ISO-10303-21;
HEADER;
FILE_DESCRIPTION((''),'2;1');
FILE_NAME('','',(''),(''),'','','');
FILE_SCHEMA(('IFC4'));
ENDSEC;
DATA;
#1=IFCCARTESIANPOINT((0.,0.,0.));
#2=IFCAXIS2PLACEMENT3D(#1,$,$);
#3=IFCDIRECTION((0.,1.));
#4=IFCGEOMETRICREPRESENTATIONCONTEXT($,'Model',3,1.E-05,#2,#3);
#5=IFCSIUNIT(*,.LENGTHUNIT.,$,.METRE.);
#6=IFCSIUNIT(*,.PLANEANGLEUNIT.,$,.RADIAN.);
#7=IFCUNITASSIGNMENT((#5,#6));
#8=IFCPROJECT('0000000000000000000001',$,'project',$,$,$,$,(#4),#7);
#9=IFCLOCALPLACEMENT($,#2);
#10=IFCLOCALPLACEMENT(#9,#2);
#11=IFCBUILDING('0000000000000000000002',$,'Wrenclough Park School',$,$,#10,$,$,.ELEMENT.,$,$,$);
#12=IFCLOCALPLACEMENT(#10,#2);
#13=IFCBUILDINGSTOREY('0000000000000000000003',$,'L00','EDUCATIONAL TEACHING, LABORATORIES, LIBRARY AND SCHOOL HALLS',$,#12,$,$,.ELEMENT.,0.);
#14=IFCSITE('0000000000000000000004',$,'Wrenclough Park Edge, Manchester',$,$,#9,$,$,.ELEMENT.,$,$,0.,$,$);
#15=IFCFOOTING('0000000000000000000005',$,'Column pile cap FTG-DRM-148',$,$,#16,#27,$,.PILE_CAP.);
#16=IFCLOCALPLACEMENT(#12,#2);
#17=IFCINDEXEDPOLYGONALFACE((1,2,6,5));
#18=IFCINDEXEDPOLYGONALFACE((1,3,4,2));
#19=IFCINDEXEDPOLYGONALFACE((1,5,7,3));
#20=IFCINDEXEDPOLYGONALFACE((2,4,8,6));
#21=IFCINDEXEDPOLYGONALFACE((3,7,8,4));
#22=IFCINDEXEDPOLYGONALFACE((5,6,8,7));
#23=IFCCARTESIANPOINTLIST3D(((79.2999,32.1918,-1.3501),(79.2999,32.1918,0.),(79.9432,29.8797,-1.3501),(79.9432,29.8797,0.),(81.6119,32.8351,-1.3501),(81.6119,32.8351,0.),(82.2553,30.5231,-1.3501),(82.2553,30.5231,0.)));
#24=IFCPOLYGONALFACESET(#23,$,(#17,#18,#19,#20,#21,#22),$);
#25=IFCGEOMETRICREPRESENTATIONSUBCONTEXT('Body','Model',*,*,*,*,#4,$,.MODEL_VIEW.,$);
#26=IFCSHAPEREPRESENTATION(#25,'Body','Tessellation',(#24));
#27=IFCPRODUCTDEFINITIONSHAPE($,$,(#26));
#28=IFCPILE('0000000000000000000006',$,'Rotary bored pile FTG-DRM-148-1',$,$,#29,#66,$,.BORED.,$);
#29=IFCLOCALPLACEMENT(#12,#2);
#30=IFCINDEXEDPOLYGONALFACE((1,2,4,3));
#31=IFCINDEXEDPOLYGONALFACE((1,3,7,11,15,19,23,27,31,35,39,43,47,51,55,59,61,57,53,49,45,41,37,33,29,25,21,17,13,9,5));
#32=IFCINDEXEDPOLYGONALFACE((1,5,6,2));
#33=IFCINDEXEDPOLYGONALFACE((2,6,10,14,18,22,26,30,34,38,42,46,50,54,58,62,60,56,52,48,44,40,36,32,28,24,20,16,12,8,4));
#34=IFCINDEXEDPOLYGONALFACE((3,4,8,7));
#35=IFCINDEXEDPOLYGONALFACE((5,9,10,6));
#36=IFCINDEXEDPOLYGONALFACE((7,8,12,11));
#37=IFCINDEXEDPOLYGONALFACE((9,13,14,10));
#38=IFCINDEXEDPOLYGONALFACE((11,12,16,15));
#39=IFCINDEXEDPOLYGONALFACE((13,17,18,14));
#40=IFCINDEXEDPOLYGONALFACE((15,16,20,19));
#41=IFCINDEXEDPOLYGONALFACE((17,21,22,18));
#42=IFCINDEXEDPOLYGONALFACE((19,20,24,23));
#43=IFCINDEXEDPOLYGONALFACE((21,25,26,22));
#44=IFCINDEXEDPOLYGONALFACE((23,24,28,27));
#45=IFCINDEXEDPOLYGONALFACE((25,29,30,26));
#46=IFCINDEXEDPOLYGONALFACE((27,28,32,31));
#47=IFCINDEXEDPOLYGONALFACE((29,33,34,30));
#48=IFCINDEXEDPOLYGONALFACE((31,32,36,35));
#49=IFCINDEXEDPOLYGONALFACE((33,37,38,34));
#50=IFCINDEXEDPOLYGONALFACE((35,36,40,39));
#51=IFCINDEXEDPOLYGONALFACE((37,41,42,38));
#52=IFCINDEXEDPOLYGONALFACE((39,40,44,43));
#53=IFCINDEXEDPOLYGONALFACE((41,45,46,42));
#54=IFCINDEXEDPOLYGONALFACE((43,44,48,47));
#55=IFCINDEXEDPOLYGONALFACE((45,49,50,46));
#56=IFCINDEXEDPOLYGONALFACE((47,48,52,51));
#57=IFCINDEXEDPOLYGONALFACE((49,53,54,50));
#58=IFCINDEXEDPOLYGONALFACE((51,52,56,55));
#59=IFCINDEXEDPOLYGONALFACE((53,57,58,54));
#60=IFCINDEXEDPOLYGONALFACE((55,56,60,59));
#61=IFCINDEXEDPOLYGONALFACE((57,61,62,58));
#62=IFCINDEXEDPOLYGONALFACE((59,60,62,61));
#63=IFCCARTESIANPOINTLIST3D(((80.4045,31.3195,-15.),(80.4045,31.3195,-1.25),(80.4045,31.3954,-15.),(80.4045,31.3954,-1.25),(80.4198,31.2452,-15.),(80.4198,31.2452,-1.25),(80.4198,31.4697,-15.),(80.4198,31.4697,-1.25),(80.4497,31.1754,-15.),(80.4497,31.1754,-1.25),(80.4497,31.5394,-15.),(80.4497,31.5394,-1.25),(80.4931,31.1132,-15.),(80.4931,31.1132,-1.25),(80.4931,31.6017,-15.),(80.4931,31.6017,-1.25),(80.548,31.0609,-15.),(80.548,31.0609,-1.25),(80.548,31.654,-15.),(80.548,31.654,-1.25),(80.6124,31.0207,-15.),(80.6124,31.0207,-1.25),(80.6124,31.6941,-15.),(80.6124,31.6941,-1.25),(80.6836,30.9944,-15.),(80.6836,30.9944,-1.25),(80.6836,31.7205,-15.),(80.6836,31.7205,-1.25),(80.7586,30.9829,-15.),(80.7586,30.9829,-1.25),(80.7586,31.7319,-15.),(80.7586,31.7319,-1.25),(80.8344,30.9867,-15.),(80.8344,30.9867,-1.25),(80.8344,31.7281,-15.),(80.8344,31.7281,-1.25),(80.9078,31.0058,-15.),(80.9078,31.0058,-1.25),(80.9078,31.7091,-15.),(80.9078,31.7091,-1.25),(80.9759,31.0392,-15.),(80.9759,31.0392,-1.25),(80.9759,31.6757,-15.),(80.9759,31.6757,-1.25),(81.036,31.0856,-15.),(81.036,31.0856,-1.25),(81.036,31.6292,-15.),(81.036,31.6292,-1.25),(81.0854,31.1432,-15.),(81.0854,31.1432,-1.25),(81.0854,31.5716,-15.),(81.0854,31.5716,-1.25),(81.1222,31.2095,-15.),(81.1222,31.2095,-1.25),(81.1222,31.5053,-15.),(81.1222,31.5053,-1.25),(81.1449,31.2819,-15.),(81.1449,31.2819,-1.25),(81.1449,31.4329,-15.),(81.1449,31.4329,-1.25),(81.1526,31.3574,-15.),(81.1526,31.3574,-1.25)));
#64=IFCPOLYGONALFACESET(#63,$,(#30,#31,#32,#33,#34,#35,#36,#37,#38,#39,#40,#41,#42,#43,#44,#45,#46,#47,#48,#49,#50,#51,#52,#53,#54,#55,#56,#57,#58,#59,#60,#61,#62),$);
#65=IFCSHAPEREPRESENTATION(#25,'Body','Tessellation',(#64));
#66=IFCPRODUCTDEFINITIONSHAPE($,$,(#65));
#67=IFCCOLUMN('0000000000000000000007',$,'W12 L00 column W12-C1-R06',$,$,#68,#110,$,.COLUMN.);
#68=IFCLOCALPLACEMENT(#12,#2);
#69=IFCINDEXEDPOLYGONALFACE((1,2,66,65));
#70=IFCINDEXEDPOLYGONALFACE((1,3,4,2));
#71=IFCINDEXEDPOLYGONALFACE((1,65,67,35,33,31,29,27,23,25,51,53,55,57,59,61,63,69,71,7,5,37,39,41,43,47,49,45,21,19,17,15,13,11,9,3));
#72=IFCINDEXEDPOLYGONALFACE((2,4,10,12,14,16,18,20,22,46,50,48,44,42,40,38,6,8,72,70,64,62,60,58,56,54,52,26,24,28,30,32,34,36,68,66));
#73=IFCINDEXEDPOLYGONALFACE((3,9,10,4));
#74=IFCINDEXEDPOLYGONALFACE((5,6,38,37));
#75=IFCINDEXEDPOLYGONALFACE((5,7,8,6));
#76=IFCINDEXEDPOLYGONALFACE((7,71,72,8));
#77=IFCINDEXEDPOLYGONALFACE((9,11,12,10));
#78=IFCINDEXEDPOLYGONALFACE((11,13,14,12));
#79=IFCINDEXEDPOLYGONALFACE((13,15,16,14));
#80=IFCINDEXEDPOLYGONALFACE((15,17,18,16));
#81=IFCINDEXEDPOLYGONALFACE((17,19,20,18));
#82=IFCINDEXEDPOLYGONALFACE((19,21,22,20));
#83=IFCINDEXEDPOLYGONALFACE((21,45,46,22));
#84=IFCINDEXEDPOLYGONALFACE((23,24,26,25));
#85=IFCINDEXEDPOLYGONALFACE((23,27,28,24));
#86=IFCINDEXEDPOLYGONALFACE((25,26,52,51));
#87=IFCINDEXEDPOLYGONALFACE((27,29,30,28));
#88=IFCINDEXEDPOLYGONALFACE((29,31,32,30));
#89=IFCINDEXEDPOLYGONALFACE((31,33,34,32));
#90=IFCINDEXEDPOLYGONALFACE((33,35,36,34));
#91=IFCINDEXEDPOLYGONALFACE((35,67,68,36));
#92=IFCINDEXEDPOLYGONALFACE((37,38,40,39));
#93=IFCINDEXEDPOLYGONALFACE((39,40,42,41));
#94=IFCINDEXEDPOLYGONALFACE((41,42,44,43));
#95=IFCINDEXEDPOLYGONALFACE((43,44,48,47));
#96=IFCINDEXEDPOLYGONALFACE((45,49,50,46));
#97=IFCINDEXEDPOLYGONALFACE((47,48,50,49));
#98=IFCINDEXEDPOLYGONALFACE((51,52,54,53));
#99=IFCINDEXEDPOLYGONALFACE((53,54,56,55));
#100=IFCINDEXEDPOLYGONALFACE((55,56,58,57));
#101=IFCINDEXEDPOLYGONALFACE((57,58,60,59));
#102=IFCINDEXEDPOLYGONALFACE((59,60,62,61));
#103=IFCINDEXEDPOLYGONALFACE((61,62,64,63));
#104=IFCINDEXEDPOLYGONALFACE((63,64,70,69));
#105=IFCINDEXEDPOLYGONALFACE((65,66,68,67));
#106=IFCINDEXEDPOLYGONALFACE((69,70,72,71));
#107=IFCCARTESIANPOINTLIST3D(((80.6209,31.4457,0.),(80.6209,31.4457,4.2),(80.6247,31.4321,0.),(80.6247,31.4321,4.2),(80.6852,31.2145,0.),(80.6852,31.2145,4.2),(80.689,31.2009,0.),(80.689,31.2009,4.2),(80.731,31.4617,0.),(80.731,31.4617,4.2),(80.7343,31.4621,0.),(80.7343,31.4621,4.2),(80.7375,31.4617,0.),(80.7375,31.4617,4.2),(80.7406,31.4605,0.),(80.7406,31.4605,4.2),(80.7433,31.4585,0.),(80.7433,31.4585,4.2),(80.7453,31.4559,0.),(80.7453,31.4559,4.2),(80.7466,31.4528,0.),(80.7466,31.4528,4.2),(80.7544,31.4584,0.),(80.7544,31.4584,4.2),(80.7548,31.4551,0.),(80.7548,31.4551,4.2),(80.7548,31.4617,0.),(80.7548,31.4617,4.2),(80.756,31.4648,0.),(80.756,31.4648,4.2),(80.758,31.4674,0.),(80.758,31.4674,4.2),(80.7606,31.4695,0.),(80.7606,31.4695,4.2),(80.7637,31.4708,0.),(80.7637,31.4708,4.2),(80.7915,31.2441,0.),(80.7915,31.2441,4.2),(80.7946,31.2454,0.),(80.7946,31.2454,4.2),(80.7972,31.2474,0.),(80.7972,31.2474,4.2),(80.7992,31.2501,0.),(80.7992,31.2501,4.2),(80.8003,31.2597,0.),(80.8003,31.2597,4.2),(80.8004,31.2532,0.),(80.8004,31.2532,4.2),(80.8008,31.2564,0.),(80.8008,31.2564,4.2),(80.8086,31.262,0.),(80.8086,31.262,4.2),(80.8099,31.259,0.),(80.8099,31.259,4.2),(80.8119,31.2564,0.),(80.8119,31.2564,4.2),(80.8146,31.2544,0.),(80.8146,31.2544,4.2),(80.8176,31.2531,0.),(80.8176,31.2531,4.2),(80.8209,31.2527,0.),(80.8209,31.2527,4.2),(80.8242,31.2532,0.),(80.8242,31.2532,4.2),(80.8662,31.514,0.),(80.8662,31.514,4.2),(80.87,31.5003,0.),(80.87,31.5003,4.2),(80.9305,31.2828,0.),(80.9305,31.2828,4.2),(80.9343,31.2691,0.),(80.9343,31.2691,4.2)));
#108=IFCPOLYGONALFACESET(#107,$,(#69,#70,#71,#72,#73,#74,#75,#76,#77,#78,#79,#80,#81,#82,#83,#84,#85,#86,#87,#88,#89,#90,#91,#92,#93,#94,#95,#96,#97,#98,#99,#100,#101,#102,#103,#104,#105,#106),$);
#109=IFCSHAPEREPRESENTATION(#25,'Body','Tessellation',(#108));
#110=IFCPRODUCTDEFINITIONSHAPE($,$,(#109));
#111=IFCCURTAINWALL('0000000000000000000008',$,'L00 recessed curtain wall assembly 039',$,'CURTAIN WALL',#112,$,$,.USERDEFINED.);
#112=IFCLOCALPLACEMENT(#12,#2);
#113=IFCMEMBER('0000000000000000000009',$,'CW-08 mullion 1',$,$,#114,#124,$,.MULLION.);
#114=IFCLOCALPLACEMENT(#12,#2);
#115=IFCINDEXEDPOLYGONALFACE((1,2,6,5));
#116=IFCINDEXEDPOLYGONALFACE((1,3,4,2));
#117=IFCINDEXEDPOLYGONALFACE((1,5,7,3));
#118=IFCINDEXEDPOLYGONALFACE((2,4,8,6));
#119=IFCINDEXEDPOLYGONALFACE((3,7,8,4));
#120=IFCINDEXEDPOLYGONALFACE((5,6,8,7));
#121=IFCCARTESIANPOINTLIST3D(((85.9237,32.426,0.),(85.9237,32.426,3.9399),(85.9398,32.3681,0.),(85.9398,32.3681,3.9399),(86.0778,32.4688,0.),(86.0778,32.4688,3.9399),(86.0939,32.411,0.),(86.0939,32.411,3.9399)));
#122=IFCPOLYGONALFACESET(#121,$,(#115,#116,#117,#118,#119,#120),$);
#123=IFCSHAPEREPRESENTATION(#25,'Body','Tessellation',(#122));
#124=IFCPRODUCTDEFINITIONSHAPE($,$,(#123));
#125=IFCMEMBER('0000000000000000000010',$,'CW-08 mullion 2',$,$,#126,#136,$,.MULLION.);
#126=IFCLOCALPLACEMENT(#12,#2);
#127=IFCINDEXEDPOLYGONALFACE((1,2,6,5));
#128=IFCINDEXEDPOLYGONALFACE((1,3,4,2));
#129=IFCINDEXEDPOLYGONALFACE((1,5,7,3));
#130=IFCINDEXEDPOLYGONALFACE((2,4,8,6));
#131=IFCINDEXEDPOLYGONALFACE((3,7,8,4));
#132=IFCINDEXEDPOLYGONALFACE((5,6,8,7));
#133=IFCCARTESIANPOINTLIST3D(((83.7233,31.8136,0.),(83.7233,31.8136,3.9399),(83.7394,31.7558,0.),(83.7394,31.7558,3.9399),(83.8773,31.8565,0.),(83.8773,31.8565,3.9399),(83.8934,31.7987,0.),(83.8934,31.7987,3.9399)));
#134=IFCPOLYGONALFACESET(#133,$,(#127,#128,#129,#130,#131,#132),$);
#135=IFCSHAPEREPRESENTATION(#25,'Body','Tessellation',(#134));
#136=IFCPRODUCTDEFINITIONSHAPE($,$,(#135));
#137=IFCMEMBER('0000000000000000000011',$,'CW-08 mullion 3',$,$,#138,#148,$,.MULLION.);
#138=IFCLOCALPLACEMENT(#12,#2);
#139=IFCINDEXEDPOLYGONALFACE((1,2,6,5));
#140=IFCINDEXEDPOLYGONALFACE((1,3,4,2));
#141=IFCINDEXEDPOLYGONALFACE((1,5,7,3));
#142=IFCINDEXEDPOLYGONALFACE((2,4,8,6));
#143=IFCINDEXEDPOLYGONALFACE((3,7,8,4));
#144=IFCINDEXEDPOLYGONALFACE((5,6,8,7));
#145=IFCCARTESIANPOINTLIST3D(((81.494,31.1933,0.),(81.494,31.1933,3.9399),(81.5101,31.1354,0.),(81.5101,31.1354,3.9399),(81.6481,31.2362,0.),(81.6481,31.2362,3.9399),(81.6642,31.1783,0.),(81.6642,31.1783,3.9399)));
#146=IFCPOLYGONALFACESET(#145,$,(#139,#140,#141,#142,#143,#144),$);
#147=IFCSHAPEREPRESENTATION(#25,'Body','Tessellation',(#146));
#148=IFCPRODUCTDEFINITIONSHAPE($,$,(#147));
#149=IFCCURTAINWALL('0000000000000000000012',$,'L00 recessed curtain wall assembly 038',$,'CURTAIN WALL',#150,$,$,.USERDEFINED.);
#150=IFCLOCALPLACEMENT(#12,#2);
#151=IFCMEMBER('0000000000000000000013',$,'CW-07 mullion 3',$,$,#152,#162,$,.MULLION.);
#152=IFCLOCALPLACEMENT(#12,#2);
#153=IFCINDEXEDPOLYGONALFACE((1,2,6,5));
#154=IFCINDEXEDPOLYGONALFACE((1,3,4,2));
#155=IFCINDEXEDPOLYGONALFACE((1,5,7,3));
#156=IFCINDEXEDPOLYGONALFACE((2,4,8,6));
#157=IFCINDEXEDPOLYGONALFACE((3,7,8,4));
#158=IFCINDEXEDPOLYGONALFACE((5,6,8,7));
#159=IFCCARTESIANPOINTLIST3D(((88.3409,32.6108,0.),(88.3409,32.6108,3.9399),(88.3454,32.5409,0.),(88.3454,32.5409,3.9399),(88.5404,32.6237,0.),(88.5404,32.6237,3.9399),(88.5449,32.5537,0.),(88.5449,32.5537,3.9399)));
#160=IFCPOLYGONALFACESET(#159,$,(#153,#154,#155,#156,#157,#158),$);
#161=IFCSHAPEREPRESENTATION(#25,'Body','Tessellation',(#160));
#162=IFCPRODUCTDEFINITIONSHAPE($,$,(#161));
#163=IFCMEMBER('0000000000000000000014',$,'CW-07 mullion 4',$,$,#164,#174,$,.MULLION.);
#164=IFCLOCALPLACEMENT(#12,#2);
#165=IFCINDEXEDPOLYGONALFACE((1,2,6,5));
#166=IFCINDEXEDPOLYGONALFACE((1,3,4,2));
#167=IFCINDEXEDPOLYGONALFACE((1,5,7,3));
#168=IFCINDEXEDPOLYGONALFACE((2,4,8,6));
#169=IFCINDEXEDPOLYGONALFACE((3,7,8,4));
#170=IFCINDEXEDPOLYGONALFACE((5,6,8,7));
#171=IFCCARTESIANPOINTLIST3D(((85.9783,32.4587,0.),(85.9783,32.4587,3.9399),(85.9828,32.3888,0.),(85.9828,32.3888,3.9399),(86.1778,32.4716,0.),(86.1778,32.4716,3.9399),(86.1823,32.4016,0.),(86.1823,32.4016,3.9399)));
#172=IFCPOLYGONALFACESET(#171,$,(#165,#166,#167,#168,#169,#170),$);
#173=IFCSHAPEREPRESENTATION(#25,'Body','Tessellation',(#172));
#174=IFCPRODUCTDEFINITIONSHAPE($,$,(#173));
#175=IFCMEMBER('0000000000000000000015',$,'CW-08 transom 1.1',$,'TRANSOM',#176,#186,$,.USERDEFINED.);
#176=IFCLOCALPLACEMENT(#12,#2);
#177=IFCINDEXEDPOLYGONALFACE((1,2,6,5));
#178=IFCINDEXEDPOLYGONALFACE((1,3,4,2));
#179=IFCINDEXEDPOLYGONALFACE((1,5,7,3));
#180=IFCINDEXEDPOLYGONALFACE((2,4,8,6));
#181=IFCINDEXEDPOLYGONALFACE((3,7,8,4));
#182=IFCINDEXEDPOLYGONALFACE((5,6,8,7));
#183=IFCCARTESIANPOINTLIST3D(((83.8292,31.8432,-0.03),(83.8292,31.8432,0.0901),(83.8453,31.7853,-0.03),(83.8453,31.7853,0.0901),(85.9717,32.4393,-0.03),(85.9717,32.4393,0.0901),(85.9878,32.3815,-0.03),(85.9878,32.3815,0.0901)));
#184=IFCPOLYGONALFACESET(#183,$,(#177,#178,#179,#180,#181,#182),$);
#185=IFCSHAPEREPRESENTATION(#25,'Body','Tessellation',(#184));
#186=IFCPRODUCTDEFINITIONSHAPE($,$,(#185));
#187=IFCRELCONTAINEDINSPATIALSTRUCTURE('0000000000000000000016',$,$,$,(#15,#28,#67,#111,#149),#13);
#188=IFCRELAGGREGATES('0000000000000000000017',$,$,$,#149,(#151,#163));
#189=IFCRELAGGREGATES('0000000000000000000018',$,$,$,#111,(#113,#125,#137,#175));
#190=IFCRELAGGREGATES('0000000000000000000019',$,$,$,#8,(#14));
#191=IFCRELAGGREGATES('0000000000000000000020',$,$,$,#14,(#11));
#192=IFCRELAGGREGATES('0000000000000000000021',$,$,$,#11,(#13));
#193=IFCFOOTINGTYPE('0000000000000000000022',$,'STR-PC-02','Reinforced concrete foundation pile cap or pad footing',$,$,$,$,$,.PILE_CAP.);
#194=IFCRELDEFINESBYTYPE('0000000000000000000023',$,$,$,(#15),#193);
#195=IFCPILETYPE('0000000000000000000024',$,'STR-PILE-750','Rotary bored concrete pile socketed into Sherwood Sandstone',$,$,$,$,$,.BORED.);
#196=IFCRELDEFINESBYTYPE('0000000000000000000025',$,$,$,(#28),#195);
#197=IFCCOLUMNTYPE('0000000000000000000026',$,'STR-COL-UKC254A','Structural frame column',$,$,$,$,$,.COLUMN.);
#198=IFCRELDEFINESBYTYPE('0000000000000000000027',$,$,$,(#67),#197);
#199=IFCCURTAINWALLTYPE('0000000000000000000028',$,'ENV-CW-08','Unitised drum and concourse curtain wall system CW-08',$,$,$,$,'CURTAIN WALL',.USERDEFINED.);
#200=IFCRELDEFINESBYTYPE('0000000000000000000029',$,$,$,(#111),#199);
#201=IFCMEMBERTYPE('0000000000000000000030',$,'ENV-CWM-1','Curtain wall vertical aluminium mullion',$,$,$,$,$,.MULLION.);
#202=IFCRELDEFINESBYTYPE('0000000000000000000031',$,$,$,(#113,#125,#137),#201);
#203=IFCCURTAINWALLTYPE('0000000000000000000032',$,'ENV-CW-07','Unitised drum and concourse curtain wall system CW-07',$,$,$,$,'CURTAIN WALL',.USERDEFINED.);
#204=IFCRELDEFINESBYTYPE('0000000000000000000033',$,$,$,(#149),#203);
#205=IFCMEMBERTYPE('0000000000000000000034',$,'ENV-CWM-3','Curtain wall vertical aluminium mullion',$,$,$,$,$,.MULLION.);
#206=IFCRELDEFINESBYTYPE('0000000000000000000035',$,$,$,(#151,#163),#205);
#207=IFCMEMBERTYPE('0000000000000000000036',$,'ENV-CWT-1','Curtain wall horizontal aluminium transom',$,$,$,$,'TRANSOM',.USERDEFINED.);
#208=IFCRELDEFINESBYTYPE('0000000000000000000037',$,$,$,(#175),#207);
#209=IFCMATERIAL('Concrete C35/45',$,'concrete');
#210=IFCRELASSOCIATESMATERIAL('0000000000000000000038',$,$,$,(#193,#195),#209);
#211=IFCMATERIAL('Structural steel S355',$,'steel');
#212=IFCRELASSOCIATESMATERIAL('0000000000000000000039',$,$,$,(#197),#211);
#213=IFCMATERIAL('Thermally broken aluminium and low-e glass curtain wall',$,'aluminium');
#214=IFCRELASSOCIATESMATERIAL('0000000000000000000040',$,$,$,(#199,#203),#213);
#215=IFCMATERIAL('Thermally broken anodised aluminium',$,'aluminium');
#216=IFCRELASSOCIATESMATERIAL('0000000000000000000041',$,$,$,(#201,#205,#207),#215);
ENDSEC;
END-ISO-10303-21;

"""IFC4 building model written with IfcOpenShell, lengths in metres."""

from ifc_helpers import new_model, si_unit, direction, frame, origin, origin_2d, place, context, subcontext, project, spatial, rectangle, circle, i_section, extrude, material, material_profile, profile_set, type_object, element, aggregate, save


model = new_model("IFC4")

# Units and contexts
model_context = context("Model", 3, precision=1e-05, world=origin(), true_north=direction((0.0, 1.0)))
body_context = subcontext(model_context, "Body", "Model", "MODEL_VIEW")
ifc_project = project(units=[si_unit("LENGTHUNIT", "METRE"), si_unit("PLANEANGLEUNIT", "RADIAN")], contexts=[model_context])

# Site, building, storey
site_placement = place(None, origin())
site = spatial("IfcSite", under=ifc_project, at=site_placement, Name="Wrenclough Park Edge, Manchester", CompositionType="ELEMENT", RefElevation=0.0)
building_placement = place(site_placement, origin())
building = spatial("IfcBuilding", under=site, at=building_placement, Name="Wrenclough Park School", CompositionType="ELEMENT")
storey_placement = place(building_placement, origin())
storey = spatial("IfcBuildingStorey", under=building, at=storey_placement, Name="L00", Description="EDUCATIONAL TEACHING, LABORATORIES, LIBRARY AND SCHOOL HALLS", CompositionType="ELEMENT", Elevation=0.0)

# Footing
ifc_material_1 = material(Name="Concrete C35/45", Category="concrete")
footing_type = type_object("IfcFootingType", Name="STR-PC-02", Description="Reinforced concrete foundation pile cap or pad footing", PredefinedType="PILE_CAP", material=ifc_material_1)
footing_placement = place(storey_placement, frame((80.7776, 31.3574, -1.3501), z_axis=(0.0, 0.0, 1.0), x_axis=(0.963397, 0.268079, 0.0)))
element("IfcFooting", 1, at=footing_placement, inside=storey, type_object=footing_type, Name="Column pile cap FTG-DRM-148", PredefinedType="PILE_CAP", context=body_context, shape_type="SweptSolid", body=[
    extrude(rectangle(XDim=2.3999, YDim=2.3999, at=origin_2d()), origin(), (0.0, 0.0, 1.0), 1.3501),
])

# Pile
ifc_material_profile_1 = material_profile(ifc_material_1, circle(Radius=0.375, at=origin_2d()), Name="BORED PILE D750")
ifc_profile_set_1 = profile_set([ifc_material_profile_1], Name="Concrete C35/45")
pile_type = type_object("IfcPileType", Name="STR-PILE-750", Description="Rotary bored concrete pile socketed into Sherwood Sandstone", PredefinedType="BORED", material=ifc_profile_set_1)
pile_placement = place(storey_placement, frame((80.7776, 31.3574, -1.25), z_axis=(0.0, 0.0, -1.0), x_axis=(1.0, 0.0, 0.0)))
element("IfcPile", 2, at=pile_placement, inside=storey, type_object=pile_type, Name="Rotary bored pile FTG-DRM-148-1", PredefinedType="BORED", context=body_context, shape_type="SweptSolid", body=[
    extrude(circle(Radius=0.375, at=origin_2d()), origin(), (0.0, 0.0, 1.0), 13.75),
])

# Column
ifc_material_2 = material(Name="Structural steel S355", Category="steel")
ifc_material_profile_2 = material_profile(ifc_material_2, i_section(OverallWidth=0.2546, OverallDepth=0.2542, WebThickness=0.0085, FlangeThickness=0.0142, FilletRadius=0.0127, at=origin_2d()), Name="UKC 254x254x73")
ifc_profile_set_2 = profile_set([ifc_material_profile_2], Name="Structural steel S355")
column_type = type_object("IfcColumnType", Name="STR-COL-UKC254A", Description="Structural frame column", PredefinedType="COLUMN", material=ifc_profile_set_2)
column_placement = place(storey_placement, frame((80.7776, 31.3574, 0.0), z_axis=(0.0, 0.0, 1.0), x_axis=(0.963397, 0.268079, 0.0)))
element("IfcColumn", 3, at=column_placement, inside=storey, type_object=column_type, Name="W12 L00 column W12-C1-R06", PredefinedType="COLUMN", context=body_context, shape_type="SweptSolid", body=[
    extrude(i_section(OverallWidth=0.2546, OverallDepth=0.2542, WebThickness=0.0085, FlangeThickness=0.0142, FilletRadius=0.0127, at=origin_2d()), origin(), (0.0, 0.0, 1.0), 4.2),
])

# Curtain walls, members
ifc_material_3 = material(Name="Thermally broken aluminium and low-e glass curtain wall", Category="aluminium")
curtain_wall_type_1 = type_object("IfcCurtainWallType", Name="ENV-CW-08", Description="Unitised drum and concourse curtain wall system CW-08", ElementType="CURTAIN WALL", PredefinedType="USERDEFINED", material=ifc_material_3)
curtain_wall_1_placement = place(storey_placement, origin())
curtain_wall_1 = element("IfcCurtainWall", 4, at=curtain_wall_1_placement, inside=storey, type_object=curtain_wall_type_1, Name="L00 recessed curtain wall assembly 039", ObjectType="CURTAIN WALL", PredefinedType="USERDEFINED")
ifc_material_4 = material(Name="Thermally broken anodised aluminium", Category="aluminium")
ifc_material_profile_3 = material_profile(ifc_material_4, rectangle(XDim=0.0601, YDim=0.1599, at=origin_2d()), Name="AL MULLION 60x160")
ifc_profile_set_3 = profile_set([ifc_material_profile_3], Name="Thermally broken anodised aluminium")
member_type_1 = type_object("IfcMemberType", Name="ENV-CWM-1", Description="Curtain wall vertical aluminium mullion", PredefinedType="MULLION", material=ifc_profile_set_3)
member_1_placement = place(storey_placement, frame((86.0088, 32.4185, 0.0), z_axis=(0.0, 0.0, 1.0), x_axis=(0.268073, -0.963399, 0.0)))
member_1 = element("IfcMember", 5, at=member_1_placement, type_object=member_type_1, Name="CW-08 mullion 1", PredefinedType="MULLION", context=body_context, shape_type="SweptSolid", body=[
    extrude(rectangle(XDim=0.0601, YDim=0.1599, at=origin_2d()), origin(), (0.0, 0.0, 1.0), 3.9399),
])
member_2_placement = place(storey_placement, frame((83.8083, 31.8062, 0.0), z_axis=(0.0, 0.0, 1.0), x_axis=(0.268073, -0.963399, 0.0)))
member_2 = element("IfcMember", 6, at=member_2_placement, type_object=member_type_1, Name="CW-08 mullion 2", PredefinedType="MULLION", context=body_context, shape_type="SweptSolid", body=[
    extrude(rectangle(XDim=0.0601, YDim=0.1599, at=origin_2d()), origin(), (0.0, 0.0, 1.0), 3.9399),
])
member_3_placement = place(storey_placement, frame((81.5791, 31.1858, 0.0), z_axis=(0.0, 0.0, 1.0), x_axis=(0.268073, -0.963399, 0.0)))
member_3 = element("IfcMember", 7, at=member_3_placement, type_object=member_type_1, Name="CW-08 mullion 3", PredefinedType="MULLION", context=body_context, shape_type="SweptSolid", body=[
    extrude(rectangle(XDim=0.0601, YDim=0.1599, at=origin_2d()), origin(), (0.0, 0.0, 1.0), 3.9399),
])
curtain_wall_type_2 = type_object("IfcCurtainWallType", Name="ENV-CW-07", Description="Unitised drum and concourse curtain wall system CW-07", ElementType="CURTAIN WALL", PredefinedType="USERDEFINED", material=ifc_material_3)
curtain_wall_2_placement = place(storey_placement, origin())
curtain_wall_2 = element("IfcCurtainWall", 8, at=curtain_wall_2_placement, inside=storey, type_object=curtain_wall_type_2, Name="L00 recessed curtain wall assembly 038", ObjectType="CURTAIN WALL", PredefinedType="USERDEFINED")
ifc_material_profile_4 = material_profile(ifc_material_4, rectangle(XDim=0.0701, YDim=0.2, at=origin_2d()), Name="AL MULLION 70x200")
ifc_profile_set_4 = profile_set([ifc_material_profile_4], Name="Thermally broken anodised aluminium")
member_type_2 = type_object("IfcMemberType", Name="ENV-CWM-3", Description="Curtain wall vertical aluminium mullion", PredefinedType="MULLION", material=ifc_profile_set_4)
member_4_placement = place(storey_placement, frame((88.4429, 32.5823, 0.0), z_axis=(0.0, 0.0, 1.0), x_axis=(0.064259, -0.997933, 0.0)))
member_4 = element("IfcMember", 9, at=member_4_placement, type_object=member_type_2, Name="CW-07 mullion 3", PredefinedType="MULLION", context=body_context, shape_type="SweptSolid", body=[
    extrude(rectangle(XDim=0.0701, YDim=0.2, at=origin_2d()), origin(), (0.0, 0.0, 1.0), 3.9399),
])
member_5_placement = place(storey_placement, frame((86.0803, 32.4302, 0.0), z_axis=(0.0, 0.0, 1.0), x_axis=(0.064259, -0.997933, 0.0)))
member_5 = element("IfcMember", 10, at=member_5_placement, type_object=member_type_2, Name="CW-07 mullion 4", PredefinedType="MULLION", context=body_context, shape_type="SweptSolid", body=[
    extrude(rectangle(XDim=0.0701, YDim=0.2, at=origin_2d()), origin(), (0.0, 0.0, 1.0), 3.9399),
])

# Member
ifc_material_profile_5 = material_profile(ifc_material_4, rectangle(XDim=0.0601, YDim=0.1201, at=origin_2d()), Name="AL TRANSOM 60x120")
ifc_profile_set_5 = profile_set([ifc_material_profile_5], Name="Thermally broken anodised aluminium")
member_type_3 = type_object("IfcMemberType", Name="ENV-CWT-1", Description="Curtain wall horizontal aluminium transom", ElementType="TRANSOM", PredefinedType="USERDEFINED", material=ifc_profile_set_5)
member_6_placement = place(storey_placement, frame((85.9797, 32.4104, 0.03), z_axis=(-0.963398, -0.268074, 0.0), x_axis=(0.268074, -0.963398, 0.0)))
member_6 = element("IfcMember", 11, at=member_6_placement, type_object=member_type_3, Name="CW-08 transom 1.1", ObjectType="TRANSOM", PredefinedType="USERDEFINED", context=body_context, shape_type="SweptSolid", body=[
    extrude(rectangle(XDim=0.0601, YDim=0.1201, at=origin_2d()), origin(), (0.0, 0.0, 1.0), 2.2239),
])

aggregate(curtain_wall_2, [member_4, member_5])
aggregate(curtain_wall_1, [member_1, member_2, member_3, member_6])

save(model, "model.ifc")
